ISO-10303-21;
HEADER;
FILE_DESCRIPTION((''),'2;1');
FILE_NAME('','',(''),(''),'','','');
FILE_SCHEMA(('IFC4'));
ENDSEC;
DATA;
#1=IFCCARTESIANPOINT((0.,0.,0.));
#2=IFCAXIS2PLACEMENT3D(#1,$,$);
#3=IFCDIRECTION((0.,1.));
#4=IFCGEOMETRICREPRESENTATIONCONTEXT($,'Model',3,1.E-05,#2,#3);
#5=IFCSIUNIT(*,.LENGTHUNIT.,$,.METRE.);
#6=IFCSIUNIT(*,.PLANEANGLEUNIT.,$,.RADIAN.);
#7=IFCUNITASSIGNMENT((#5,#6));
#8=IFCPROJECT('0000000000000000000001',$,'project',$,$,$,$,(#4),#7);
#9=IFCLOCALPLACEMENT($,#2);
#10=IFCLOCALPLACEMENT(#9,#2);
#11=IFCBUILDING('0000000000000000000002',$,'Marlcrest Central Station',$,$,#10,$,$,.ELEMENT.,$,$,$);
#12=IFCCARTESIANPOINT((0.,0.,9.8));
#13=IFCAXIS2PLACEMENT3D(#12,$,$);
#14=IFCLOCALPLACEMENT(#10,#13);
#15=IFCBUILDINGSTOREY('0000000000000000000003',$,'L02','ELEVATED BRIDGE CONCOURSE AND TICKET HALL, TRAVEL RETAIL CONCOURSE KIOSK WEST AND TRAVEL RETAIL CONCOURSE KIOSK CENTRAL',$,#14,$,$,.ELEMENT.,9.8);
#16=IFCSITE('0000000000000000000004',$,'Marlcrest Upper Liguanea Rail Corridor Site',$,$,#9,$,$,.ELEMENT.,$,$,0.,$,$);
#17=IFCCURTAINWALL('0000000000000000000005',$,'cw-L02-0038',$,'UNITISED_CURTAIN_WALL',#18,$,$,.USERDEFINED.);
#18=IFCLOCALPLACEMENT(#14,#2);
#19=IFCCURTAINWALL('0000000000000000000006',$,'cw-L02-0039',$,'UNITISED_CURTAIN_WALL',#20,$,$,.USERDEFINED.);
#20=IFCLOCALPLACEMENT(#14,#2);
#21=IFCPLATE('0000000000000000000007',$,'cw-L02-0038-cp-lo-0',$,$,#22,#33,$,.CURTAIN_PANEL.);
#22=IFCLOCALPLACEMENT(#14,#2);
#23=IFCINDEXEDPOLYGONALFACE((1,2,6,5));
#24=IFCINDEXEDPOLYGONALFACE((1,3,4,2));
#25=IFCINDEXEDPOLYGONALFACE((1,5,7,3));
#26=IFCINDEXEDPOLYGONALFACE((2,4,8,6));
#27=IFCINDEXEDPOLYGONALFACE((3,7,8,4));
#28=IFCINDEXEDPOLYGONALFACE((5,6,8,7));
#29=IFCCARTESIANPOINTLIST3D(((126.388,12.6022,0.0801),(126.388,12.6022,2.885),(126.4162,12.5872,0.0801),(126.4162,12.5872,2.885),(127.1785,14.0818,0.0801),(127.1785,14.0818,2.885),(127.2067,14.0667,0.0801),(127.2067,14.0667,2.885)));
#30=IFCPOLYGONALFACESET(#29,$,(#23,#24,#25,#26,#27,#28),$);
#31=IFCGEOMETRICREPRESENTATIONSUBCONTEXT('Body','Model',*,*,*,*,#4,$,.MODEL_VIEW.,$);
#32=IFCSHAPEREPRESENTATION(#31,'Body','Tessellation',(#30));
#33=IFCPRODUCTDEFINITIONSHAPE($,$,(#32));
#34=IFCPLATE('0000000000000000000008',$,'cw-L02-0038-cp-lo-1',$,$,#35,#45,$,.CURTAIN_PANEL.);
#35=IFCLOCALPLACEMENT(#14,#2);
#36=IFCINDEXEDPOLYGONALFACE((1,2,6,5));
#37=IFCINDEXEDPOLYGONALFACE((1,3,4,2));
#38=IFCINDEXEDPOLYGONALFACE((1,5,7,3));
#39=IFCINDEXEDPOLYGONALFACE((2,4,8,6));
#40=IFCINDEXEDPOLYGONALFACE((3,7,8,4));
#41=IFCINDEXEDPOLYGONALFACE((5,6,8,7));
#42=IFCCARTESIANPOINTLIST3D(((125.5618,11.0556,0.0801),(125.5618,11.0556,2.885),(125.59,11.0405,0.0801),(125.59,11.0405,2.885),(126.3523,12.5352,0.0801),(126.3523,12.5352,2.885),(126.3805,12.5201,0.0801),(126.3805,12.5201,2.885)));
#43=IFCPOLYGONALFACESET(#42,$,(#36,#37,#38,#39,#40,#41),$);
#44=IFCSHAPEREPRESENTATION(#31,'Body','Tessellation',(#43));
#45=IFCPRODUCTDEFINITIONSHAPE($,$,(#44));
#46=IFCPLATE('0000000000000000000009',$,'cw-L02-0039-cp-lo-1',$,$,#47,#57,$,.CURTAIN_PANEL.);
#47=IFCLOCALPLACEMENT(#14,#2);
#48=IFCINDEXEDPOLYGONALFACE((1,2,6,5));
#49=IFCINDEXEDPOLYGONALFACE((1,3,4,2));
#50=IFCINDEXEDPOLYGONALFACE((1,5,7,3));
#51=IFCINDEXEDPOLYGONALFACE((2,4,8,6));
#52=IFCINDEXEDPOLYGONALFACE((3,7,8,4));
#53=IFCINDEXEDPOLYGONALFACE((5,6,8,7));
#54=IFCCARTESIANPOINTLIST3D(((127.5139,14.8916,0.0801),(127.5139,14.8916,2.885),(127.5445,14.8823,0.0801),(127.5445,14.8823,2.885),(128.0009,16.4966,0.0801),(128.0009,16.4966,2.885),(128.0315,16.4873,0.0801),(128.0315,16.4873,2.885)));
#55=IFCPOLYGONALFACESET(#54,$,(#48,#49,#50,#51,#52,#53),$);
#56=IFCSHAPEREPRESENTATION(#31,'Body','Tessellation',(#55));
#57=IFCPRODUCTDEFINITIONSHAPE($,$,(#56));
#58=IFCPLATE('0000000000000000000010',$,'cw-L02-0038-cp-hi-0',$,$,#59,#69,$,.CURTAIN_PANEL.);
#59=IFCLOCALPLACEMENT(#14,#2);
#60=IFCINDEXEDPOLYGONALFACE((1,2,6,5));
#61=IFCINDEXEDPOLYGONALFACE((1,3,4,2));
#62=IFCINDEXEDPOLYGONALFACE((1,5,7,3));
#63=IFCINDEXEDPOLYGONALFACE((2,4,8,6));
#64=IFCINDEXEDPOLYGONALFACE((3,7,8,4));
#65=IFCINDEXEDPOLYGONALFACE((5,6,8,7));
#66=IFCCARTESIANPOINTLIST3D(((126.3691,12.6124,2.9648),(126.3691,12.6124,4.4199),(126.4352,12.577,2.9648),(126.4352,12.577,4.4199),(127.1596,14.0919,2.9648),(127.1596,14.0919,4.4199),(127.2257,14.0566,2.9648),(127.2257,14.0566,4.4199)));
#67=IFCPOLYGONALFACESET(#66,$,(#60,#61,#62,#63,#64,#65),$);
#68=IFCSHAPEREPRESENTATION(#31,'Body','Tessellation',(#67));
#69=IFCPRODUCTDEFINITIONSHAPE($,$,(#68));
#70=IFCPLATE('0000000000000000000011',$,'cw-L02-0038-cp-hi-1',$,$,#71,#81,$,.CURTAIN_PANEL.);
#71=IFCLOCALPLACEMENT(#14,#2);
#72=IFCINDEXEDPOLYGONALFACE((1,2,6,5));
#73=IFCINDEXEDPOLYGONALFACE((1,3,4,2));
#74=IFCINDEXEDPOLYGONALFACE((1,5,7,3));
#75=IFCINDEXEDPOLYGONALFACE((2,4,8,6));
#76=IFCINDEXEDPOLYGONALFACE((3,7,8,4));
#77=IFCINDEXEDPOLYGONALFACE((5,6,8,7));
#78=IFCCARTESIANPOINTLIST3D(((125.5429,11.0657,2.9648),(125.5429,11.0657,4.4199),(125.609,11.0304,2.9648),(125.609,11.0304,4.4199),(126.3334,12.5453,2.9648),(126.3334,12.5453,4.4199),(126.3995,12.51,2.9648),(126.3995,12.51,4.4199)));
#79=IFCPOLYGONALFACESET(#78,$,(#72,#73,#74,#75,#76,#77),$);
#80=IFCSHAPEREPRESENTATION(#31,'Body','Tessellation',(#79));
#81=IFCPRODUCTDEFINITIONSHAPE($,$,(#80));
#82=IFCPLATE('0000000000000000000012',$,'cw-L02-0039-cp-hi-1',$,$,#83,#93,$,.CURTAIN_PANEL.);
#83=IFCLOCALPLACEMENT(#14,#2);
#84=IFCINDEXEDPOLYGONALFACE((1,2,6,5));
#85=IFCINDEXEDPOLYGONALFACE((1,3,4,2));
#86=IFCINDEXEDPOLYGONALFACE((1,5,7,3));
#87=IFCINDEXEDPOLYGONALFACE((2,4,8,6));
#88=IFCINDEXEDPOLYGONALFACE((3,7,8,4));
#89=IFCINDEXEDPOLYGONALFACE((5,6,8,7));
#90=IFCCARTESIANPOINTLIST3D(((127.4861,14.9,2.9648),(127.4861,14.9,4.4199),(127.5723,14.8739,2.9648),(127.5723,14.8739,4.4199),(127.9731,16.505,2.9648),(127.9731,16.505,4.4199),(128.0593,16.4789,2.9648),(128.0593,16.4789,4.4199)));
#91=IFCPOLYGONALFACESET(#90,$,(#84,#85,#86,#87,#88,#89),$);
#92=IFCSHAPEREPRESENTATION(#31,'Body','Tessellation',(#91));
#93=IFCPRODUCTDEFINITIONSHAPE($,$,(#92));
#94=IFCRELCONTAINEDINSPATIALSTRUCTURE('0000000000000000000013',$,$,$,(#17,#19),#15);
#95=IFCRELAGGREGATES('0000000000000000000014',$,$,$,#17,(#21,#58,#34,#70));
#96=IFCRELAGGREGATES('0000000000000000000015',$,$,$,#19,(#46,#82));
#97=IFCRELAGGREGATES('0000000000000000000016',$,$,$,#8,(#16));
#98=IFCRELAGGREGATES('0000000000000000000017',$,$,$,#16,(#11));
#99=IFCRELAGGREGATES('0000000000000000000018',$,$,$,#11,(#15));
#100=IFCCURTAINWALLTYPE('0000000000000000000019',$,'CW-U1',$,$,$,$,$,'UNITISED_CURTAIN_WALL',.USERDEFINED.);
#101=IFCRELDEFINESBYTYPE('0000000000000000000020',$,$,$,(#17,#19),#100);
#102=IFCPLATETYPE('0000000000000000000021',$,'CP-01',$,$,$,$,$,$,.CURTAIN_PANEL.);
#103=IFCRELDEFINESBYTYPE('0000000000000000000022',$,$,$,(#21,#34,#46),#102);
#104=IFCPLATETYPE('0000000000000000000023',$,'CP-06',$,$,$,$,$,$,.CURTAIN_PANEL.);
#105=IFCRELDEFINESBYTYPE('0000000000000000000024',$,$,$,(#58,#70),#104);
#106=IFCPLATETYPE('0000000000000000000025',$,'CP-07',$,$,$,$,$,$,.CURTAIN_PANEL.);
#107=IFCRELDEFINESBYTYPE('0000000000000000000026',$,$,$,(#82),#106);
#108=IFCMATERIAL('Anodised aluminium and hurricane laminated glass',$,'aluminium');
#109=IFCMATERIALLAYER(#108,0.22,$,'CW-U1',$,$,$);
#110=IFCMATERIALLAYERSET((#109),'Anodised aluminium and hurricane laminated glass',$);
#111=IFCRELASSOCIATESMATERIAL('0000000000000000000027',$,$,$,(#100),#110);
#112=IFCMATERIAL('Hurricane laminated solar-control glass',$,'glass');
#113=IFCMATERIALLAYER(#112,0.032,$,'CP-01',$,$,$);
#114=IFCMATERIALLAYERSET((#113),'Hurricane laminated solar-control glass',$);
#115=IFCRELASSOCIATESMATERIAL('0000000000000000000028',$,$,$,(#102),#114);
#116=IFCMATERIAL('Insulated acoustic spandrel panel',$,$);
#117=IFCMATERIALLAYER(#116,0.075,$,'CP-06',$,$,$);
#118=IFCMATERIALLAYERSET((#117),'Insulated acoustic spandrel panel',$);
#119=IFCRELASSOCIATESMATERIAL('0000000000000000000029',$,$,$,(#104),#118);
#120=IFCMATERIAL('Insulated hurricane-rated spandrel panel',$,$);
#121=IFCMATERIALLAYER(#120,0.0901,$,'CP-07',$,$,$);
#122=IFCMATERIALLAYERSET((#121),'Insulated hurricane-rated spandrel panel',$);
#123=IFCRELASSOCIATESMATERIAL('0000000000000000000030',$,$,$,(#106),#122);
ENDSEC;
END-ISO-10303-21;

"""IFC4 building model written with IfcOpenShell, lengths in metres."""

from ifc_helpers import new_model, si_unit, direction, frame, origin, origin_2d, place, context, subcontext, project, spatial, rectangle, extrude, material, layer, layer_set, type_object, element, aggregate, save


model = new_model("IFC4")

# Units and contexts
model_context = context("Model", 3, precision=1e-05, world=origin(), true_north=direction((0.0, 1.0)))
body_context = subcontext(model_context, "Body", "Model", "MODEL_VIEW")
ifc_project = project(units=[si_unit("LENGTHUNIT", "METRE"), si_unit("PLANEANGLEUNIT", "RADIAN")], contexts=[model_context])

# Site, building, storey
site_placement = place(None, origin())
site = spatial("IfcSite", under=ifc_project, at=site_placement, Name="Marlcrest Upper Liguanea Rail Corridor Site", CompositionType="ELEMENT", RefElevation=0.0)
building_placement = place(site_placement, origin())
building = spatial("IfcBuilding", under=site, at=building_placement, Name="Marlcrest Central Station", CompositionType="ELEMENT")
storey_placement = place(building_placement, frame((0.0, 0.0, 9.8)))
storey = spatial("IfcBuildingStorey", under=building, at=storey_placement, Name="L02", Description="ELEVATED BRIDGE CONCOURSE AND TICKET HALL, TRAVEL RETAIL CONCOURSE KIOSK WEST AND TRAVEL RETAIL CONCOURSE KIOSK CENTRAL", CompositionType="ELEMENT", Elevation=9.8)

# Shared definitions
ifc_material_1 = material(Name="Anodised aluminium and hurricane laminated glass", Category="aluminium")
ifc_layer_1 = layer(ifc_material_1, 0.22, Name="CW-U1")
ifc_layer_set_1 = layer_set([ifc_layer_1], Name="Anodised aluminium and hurricane laminated glass")
curtain_wall_type = type_object("IfcCurtainWallType", Name="CW-U1", ElementType="UNITISED_CURTAIN_WALL", PredefinedType="USERDEFINED", material=ifc_layer_set_1)

# Curtain walls
curtain_wall_1_placement = place(storey_placement, origin())
curtain_wall_1 = element("IfcCurtainWall", 1, at=curtain_wall_1_placement, inside=storey, type_object=curtain_wall_type, Name="cw-L02-0038", ObjectType="UNITISED_CURTAIN_WALL", PredefinedType="USERDEFINED")
curtain_wall_2_placement = place(storey_placement, origin())
curtain_wall_2 = element("IfcCurtainWall", 2, at=curtain_wall_2_placement, inside=storey, type_object=curtain_wall_type, Name="cw-L02-0039", ObjectType="UNITISED_CURTAIN_WALL", PredefinedType="USERDEFINED")

# Plates
ifc_material_2 = material(Name="Hurricane laminated solar-control glass", Category="glass")
ifc_layer_2 = layer(ifc_material_2, 0.032, Name="CP-01")
ifc_layer_set_2 = layer_set([ifc_layer_2], Name="Hurricane laminated solar-control glass")
plate_type_1 = type_object("IfcPlateType", Name="CP-01", PredefinedType="CURTAIN_PANEL", material=ifc_layer_set_2)
plate_1_placement = place(storey_placement, frame((126.7974, 13.3345, 0.0801), z_axis=(0.0, 0.0, 1.0), x_axis=(-0.471243, -0.882004, 0.0)))
plate_1 = element("IfcPlate", 3, at=plate_1_placement, type_object=plate_type_1, Name="cw-L02-0038-cp-lo-0", PredefinedType="CURTAIN_PANEL", context=body_context, shape_type="SweptSolid", body=[
    extrude(rectangle(XDim=1.6775, YDim=0.032, at=origin_2d()), origin(), (0.0, 0.0, 1.0), 2.8049),
])
plate_2_placement = place(storey_placement, frame((125.9712, 11.7878, 0.0801), z_axis=(0.0, 0.0, 1.0), x_axis=(-0.471243, -0.882004, 0.0)))
plate_2 = element("IfcPlate", 4, at=plate_2_placement, type_object=plate_type_1, Name="cw-L02-0038-cp-lo-1", PredefinedType="CURTAIN_PANEL", context=body_context, shape_type="SweptSolid", body=[
    extrude(rectangle(XDim=1.6775, YDim=0.032, at=origin_2d()), origin(), (0.0, 0.0, 1.0), 2.8049),
])
plate_3_placement = place(storey_placement, frame((127.7727, 15.6895, 0.0801), z_axis=(0.0, 0.0, 1.0), x_axis=(-0.290318, -0.95693, 0.0)))
plate_3 = element("IfcPlate", 5, at=plate_3_placement, type_object=plate_type_1, Name="cw-L02-0039-cp-lo-1", PredefinedType="CURTAIN_PANEL", context=body_context, shape_type="SweptSolid", body=[
    extrude(rectangle(XDim=1.6772, YDim=0.032, at=origin_2d()), origin(), (0.0, 0.0, 1.0), 2.8049),
])
ifc_material_3 = material(Name="Insulated acoustic spandrel panel")
ifc_layer_3 = layer(ifc_material_3, 0.075, Name="CP-06")
ifc_layer_set_3 = layer_set([ifc_layer_3], Name="Insulated acoustic spandrel panel")
plate_type_2 = type_object("IfcPlateType", Name="CP-06", PredefinedType="CURTAIN_PANEL", material=ifc_layer_set_3)
plate_4_placement = place(storey_placement, frame((126.7974, 13.3345, 2.9648), z_axis=(0.0, 0.0, 1.0), x_axis=(-0.471243, -0.882004, 0.0)))
plate_4 = element("IfcPlate", 6, at=plate_4_placement, type_object=plate_type_2, Name="cw-L02-0038-cp-hi-0", PredefinedType="CURTAIN_PANEL", context=body_context, shape_type="SweptSolid", body=[
    extrude(rectangle(XDim=1.6775, YDim=0.075, at=origin_2d()), origin(), (0.0, 0.0, 1.0), 1.4551),
])
plate_5_placement = place(storey_placement, frame((125.9712, 11.7878, 2.9648), z_axis=(0.0, 0.0, 1.0), x_axis=(-0.471243, -0.882004, 0.0)))
plate_5 = element("IfcPlate", 7, at=plate_5_placement, type_object=plate_type_2, Name="cw-L02-0038-cp-hi-1", PredefinedType="CURTAIN_PANEL", context=body_context, shape_type="SweptSolid", body=[
    extrude(rectangle(XDim=1.6775, YDim=0.075, at=origin_2d()), origin(), (0.0, 0.0, 1.0), 1.4551),
])
aggregate(curtain_wall_1, [plate_1, plate_4, plate_2, plate_5])
ifc_material_4 = material(Name="Insulated hurricane-rated spandrel panel")
ifc_layer_4 = layer(ifc_material_4, 0.0901, Name="CP-07")
ifc_layer_set_4 = layer_set([ifc_layer_4], Name="Insulated hurricane-rated spandrel panel")
plate_type_3 = type_object("IfcPlateType", Name="CP-07", PredefinedType="CURTAIN_PANEL", material=ifc_layer_set_4)
plate_6_placement = place(storey_placement, frame((127.7727, 15.6895, 2.9648), z_axis=(0.0, 0.0, 1.0), x_axis=(-0.290318, -0.95693, 0.0)))
plate_6 = element("IfcPlate", 8, at=plate_6_placement, type_object=plate_type_3, Name="cw-L02-0039-cp-hi-1", PredefinedType="CURTAIN_PANEL", context=body_context, shape_type="SweptSolid", body=[
    extrude(rectangle(XDim=1.6772, YDim=0.0901, at=origin_2d()), origin(), (0.0, 0.0, 1.0), 1.4551),
])
aggregate(curtain_wall_2, [plate_3, plate_6])

save(model, "model.ifc")
